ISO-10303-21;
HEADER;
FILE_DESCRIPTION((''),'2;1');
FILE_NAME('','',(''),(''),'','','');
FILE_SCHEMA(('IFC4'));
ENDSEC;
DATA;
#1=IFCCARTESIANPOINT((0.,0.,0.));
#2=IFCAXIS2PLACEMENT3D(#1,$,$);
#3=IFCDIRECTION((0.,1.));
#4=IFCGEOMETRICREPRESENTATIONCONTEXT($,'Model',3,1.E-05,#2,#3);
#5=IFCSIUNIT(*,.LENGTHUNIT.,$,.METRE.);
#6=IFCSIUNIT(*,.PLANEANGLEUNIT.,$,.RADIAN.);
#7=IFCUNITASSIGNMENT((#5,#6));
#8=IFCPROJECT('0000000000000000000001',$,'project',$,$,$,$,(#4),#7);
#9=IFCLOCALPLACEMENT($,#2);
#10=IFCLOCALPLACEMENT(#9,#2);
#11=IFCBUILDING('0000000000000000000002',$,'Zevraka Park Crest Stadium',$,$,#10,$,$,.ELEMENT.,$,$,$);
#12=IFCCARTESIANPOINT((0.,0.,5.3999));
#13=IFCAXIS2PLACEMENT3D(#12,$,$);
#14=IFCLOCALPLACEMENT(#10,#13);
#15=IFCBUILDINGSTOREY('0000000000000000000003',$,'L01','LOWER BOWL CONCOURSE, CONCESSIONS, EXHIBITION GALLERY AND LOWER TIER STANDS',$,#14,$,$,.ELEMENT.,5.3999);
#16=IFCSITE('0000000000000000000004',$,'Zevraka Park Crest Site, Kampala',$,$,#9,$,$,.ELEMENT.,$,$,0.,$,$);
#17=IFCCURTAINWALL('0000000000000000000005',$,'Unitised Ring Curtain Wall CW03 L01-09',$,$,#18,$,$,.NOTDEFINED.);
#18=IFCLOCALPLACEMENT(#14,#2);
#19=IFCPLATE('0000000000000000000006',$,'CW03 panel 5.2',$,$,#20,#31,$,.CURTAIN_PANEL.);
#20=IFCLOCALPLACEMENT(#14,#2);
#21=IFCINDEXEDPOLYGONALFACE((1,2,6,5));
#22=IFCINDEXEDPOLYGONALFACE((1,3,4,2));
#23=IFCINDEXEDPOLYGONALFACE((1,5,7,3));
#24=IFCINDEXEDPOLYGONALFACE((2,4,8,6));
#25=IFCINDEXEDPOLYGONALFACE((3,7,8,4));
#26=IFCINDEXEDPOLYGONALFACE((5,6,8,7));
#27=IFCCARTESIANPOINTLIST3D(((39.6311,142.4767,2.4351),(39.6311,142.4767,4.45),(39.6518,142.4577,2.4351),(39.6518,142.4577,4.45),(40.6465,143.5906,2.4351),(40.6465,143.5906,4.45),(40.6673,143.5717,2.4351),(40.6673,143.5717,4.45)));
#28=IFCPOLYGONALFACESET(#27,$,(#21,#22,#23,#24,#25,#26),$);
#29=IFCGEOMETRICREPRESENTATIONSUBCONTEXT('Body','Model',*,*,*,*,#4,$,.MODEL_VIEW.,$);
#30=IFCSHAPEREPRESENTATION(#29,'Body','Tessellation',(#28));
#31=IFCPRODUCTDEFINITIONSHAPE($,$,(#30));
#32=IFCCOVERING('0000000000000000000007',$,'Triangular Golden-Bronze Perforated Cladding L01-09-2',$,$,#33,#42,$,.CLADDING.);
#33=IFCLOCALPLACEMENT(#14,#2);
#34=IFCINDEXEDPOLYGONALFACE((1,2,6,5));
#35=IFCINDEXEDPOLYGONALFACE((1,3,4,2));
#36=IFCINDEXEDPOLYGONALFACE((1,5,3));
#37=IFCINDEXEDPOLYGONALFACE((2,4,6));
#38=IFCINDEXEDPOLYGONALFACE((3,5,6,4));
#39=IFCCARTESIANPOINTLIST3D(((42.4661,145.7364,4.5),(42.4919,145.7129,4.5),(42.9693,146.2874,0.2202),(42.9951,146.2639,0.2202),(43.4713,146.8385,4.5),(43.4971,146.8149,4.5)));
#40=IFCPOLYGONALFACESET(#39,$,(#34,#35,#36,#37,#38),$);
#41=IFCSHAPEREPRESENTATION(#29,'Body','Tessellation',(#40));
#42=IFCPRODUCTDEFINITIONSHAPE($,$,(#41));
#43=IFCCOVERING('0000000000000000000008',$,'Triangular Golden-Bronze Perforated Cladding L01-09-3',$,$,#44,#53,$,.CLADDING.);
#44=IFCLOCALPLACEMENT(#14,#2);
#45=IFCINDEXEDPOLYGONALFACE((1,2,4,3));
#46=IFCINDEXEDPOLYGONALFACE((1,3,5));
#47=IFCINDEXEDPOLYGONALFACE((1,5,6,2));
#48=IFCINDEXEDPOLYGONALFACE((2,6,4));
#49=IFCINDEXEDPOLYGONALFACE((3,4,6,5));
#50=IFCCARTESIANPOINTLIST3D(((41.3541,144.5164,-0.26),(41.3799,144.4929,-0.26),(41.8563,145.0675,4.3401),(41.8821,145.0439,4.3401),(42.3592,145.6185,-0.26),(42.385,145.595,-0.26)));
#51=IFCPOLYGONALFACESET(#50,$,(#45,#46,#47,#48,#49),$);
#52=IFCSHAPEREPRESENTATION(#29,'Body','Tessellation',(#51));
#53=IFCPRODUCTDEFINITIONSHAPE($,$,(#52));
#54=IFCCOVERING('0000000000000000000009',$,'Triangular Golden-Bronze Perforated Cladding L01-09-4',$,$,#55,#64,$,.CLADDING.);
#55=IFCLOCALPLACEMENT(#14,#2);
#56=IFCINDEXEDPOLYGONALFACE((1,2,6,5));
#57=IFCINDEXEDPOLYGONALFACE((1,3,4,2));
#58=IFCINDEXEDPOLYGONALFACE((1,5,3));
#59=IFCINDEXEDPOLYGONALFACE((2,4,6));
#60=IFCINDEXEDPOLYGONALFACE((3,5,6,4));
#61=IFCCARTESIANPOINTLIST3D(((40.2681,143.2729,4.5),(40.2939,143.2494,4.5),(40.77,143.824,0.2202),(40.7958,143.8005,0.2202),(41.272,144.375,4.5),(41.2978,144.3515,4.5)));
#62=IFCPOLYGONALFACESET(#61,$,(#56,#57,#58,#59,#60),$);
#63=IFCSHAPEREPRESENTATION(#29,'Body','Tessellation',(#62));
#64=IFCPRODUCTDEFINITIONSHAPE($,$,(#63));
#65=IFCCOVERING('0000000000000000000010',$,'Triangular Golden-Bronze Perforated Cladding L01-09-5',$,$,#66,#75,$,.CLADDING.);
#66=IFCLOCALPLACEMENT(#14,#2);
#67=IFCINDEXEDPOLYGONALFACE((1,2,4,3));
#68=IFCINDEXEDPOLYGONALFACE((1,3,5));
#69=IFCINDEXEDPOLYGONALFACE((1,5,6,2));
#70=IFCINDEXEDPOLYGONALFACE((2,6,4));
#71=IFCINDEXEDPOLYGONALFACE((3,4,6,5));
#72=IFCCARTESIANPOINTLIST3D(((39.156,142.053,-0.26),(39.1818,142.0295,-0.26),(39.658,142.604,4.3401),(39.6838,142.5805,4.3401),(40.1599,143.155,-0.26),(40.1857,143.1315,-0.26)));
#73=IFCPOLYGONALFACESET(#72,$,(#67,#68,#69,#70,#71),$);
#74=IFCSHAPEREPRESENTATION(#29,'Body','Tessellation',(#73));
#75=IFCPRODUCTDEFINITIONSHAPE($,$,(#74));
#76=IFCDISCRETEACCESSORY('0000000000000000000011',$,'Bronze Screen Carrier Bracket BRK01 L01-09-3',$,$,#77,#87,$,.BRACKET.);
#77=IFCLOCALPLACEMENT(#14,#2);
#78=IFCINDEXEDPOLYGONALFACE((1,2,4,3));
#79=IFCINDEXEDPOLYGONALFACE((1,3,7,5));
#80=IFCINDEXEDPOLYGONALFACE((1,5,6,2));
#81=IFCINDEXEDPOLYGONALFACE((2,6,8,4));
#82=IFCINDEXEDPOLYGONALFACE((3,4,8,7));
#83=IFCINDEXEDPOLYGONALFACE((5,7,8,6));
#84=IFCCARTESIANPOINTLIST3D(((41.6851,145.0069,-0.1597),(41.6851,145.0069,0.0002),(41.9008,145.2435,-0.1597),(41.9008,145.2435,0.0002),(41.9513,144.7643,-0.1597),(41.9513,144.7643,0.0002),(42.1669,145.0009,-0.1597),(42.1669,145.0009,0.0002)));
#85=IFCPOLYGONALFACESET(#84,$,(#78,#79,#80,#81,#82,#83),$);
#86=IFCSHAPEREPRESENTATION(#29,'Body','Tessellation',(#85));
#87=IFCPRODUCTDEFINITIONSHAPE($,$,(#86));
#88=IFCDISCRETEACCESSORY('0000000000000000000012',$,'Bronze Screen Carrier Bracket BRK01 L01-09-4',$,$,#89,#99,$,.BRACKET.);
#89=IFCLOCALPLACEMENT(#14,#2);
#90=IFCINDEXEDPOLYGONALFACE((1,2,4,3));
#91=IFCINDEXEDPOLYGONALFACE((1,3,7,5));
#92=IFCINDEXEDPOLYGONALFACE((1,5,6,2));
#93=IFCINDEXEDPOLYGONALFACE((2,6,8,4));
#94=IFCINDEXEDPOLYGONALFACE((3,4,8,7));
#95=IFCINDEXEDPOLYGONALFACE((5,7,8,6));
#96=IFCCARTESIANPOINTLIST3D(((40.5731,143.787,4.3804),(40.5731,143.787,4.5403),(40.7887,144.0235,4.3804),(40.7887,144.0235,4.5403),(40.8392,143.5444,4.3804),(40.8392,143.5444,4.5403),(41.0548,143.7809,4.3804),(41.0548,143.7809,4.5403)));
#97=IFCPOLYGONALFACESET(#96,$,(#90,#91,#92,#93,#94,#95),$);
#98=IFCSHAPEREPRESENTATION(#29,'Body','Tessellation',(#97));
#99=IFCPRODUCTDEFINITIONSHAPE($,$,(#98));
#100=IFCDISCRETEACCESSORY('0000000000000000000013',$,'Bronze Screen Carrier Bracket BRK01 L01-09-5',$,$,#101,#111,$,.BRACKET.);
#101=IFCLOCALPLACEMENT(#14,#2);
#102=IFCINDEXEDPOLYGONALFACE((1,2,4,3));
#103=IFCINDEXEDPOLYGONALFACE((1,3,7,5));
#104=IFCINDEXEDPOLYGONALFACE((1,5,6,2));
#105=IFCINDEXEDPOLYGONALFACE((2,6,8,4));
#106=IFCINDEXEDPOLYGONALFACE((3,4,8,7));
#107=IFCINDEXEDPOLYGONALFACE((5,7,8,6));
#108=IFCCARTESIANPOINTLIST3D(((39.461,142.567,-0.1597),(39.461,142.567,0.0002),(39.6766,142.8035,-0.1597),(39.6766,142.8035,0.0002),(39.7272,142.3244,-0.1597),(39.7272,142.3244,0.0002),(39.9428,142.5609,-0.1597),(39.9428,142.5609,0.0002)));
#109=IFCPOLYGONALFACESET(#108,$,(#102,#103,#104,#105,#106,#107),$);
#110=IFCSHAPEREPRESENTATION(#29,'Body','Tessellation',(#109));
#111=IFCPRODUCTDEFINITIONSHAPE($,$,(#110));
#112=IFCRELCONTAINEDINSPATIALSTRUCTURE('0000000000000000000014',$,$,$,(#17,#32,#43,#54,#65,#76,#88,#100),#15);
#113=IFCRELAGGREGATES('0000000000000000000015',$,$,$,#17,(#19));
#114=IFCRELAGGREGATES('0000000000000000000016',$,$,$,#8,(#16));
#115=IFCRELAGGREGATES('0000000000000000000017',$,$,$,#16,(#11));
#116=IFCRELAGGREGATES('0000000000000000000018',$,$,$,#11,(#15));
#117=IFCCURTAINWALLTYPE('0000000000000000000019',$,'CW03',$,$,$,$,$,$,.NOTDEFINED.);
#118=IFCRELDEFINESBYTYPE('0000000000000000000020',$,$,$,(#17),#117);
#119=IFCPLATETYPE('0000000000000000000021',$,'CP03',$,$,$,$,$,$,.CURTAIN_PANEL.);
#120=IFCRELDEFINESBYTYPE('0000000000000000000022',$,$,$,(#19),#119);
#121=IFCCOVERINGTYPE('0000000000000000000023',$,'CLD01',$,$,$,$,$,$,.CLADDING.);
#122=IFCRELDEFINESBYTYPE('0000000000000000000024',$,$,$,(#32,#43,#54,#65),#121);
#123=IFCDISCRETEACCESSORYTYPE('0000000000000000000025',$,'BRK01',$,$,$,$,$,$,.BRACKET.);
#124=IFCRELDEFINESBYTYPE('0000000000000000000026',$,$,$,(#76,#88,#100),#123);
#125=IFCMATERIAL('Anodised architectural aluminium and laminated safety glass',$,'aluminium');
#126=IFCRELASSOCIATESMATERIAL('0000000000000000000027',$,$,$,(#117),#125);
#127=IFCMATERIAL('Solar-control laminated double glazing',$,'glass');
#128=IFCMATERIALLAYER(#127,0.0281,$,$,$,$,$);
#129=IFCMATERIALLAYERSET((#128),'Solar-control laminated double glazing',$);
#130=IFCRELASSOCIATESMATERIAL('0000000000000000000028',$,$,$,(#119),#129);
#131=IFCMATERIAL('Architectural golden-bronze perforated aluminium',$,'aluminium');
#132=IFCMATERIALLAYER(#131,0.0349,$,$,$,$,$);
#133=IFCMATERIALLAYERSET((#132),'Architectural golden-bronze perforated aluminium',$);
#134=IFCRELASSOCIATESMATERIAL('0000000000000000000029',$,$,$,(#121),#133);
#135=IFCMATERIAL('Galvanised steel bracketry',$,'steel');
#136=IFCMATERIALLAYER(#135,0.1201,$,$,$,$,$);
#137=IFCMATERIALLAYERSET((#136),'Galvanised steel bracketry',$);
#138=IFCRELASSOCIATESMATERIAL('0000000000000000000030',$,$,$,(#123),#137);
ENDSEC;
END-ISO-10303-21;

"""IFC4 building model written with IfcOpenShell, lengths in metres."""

from ifc_helpers import new_model, si_unit, direction, frame, origin, origin_2d, place, context, subcontext, project, spatial, polyline, rectangle, outline, extrude, material, layer, layer_set, type_object, element, aggregate, save


model = new_model("IFC4")

# Units and contexts
model_context = context("Model", 3, precision=1e-05, world=origin(), true_north=direction((0.0, 1.0)))
body_context = subcontext(model_context, "Body", "Model", "MODEL_VIEW")
ifc_project = project(units=[si_unit("LENGTHUNIT", "METRE"), si_unit("PLANEANGLEUNIT", "RADIAN")], contexts=[model_context])

# Site, building, storey
site_placement = place(None, origin())
site = spatial("IfcSite", under=ifc_project, at=site_placement, Name="Zevraka Park Crest Site, Kampala", CompositionType="ELEMENT", RefElevation=0.0)
building_placement = place(site_placement, origin())
building = spatial("IfcBuilding", under=site, at=building_placement, Name="Zevraka Park Crest Stadium", CompositionType="ELEMENT")
storey_placement = place(building_placement, frame((0.0, 0.0, 5.3999)))
storey = spatial("IfcBuildingStorey", under=building, at=storey_placement, Name="L01", Description="LOWER BOWL CONCOURSE, CONCESSIONS, EXHIBITION GALLERY AND LOWER TIER STANDS", CompositionType="ELEMENT", Elevation=5.3999)

# Curtain wall, plate
ifc_material_1 = material(Name="Anodised architectural aluminium and laminated safety glass", Category="aluminium")
curtain_wall_type = type_object("IfcCurtainWallType", Name="CW03", PredefinedType="NOTDEFINED", material=ifc_material_1)
curtain_wall_placement = place(storey_placement, origin())
curtain_wall = element("IfcCurtainWall", 1, at=curtain_wall_placement, inside=storey, type_object=curtain_wall_type, Name="Unitised Ring Curtain Wall CW03 L01-09", PredefinedType="NOTDEFINED")
ifc_material_2 = material(Name="Solar-control laminated double glazing", Category="glass")
ifc_layer_1 = layer(ifc_material_2, 0.0281)
ifc_layer_set_1 = layer_set([ifc_layer_1], Name="Solar-control laminated double glazing")
plate_type = type_object("IfcPlateType", Name="CP03", PredefinedType="CURTAIN_PANEL", material=ifc_layer_set_1)
plate_1_placement = place(storey_placement, frame((40.1492, 143.0242, 2.4351), z_axis=(0.0, 0.0, 1.0), x_axis=(-0.67368, -0.739023, 0.0)))
plate_1 = element("IfcPlate", 2, at=plate_1_placement, type_object=plate_type, Name="CW03 panel 5.2", PredefinedType="CURTAIN_PANEL", context=body_context, shape_type="SweptSolid", body=[
    extrude(rectangle(XDim=1.5073, YDim=0.0281, at=origin_2d()), origin(), (0.0, 0.0, 1.0), 2.0149),
])
aggregate(curtain_wall, [plate_1])

# Coverings
ifc_material_3 = material(Name="Architectural golden-bronze perforated aluminium", Category="aluminium")
ifc_layer_2 = layer(ifc_material_3, 0.0349)
ifc_layer_set_2 = layer_set([ifc_layer_2], Name="Architectural golden-bronze perforated aluminium")
covering_type = type_object("IfcCoveringType", Name="CLD01", PredefinedType="CLADDING", material=ifc_layer_set_2)
covering_1_placement = place(storey_placement, frame((42.4919, 145.7129, 4.5), z_axis=(0.73885, -0.67387, 0.000105), x_axis=(0.67387, 0.73885, 0.0)))
element("IfcCovering", 3, at=covering_1_placement, inside=storey, type_object=covering_type, Name="Triangular Golden-Bronze Perforated Cladding L01-09-2", PredefinedType="CLADDING", context=body_context, shape_type="SweptSolid", body=[
    extrude(outline(polyline([(0.0, 0.0), (1.4916, 0.0), (0.7462, -4.2798), (0.0, 0.0)])), origin(), (0.0, 0.0, -1.0), 0.0349),
])
covering_2_placement = place(storey_placement, frame((42.385, 145.595, -0.26), z_axis=(0.73885, -0.67387, 0.000059), x_axis=(-0.67387, -0.73885, 0.0)))
element("IfcCovering", 4, at=covering_2_placement, inside=storey, type_object=covering_type, Name="Triangular Golden-Bronze Perforated Cladding L01-09-3", PredefinedType="CLADDING", context=body_context, shape_type="SweptSolid", body=[
    extrude(outline(polyline([(0.0, 0.0), (1.4916, 0.0), (0.746, -4.6001), (0.0, 0.0)])), origin(), (0.0, 0.0, -1.0), 0.0349),
])
covering_3_placement = place(storey_placement, frame((40.2681, 143.2729, 4.5), z_axis=(-0.739258, 0.673422, 0.0), x_axis=(0.673422, 0.739258, 0.0)))
element("IfcCovering", 5, at=covering_3_placement, inside=storey, type_object=covering_type, Name="Triangular Golden-Bronze Perforated Cladding L01-09-4", PredefinedType="CLADDING", context=body_context, shape_type="SweptSolid", body=[
    extrude(outline(polyline([(0.0, 0.0), (1.4908, 0.0), (0.7454, 4.2798), (0.0, 0.0)])), origin(), (0.0, 0.0, -1.0), 0.0349),
])
covering_4_placement = place(storey_placement, frame((40.1599, 143.155, -0.26), z_axis=(-0.739258, 0.673422, 0.0), x_axis=(-0.673422, -0.739258, 0.0)))
element("IfcCovering", 6, at=covering_4_placement, inside=storey, type_object=covering_type, Name="Triangular Golden-Bronze Perforated Cladding L01-09-5", PredefinedType="CLADDING", context=body_context, shape_type="SweptSolid", body=[
    extrude(outline(polyline([(0.0, 0.0), (1.4908, 0.0), (0.7454, 4.6001), (0.0, 0.0)])), origin(), (0.0, 0.0, -1.0), 0.0349),
])

# Discrete accessories
ifc_material_4 = material(Name="Galvanised steel bracketry", Category="steel")
ifc_layer_3 = layer(ifc_material_4, 0.1201)
ifc_layer_set_3 = layer_set([ifc_layer_3], Name="Galvanised steel bracketry")
discrete_accessory_type = type_object("IfcDiscreteAccessoryType", Name="BRK01", PredefinedType="BRACKET", material=ifc_layer_set_3)
for number, where, z_axis, x_axis, name in (
    (7, (41.926, 145.0039, -0.1597), (0.0, 0.0, 1.0), (-0.673658, -0.739043, 0.0), "Bronze Screen Carrier Bracket BRK01 L01-09-3"),
    (8, (40.814, 143.7839, 4.3804), (0.0, 0.0, 1.0), (-0.673658, -0.739043, 0.0), "Bronze Screen Carrier Bracket BRK01 L01-09-4"),
    (9, (39.7019, 142.564, -0.1597), (0.0, 0.0, 1.0), (-0.673658, -0.739043, 0.0), "Bronze Screen Carrier Bracket BRK01 L01-09-5"),
):
    element("IfcDiscreteAccessory", number, at=place(storey_placement, frame(where, z_axis=z_axis, x_axis=x_axis)), inside=storey, type_object=discrete_accessory_type, Name=name, PredefinedType="BRACKET", context=body_context, shape_type="SweptSolid", body=[
        extrude(rectangle(XDim=0.3201, YDim=0.3601, at=origin_2d()), origin(), (0.0, 0.0, 1.0), 0.1599),
    ])

save(model, "model.ifc")
